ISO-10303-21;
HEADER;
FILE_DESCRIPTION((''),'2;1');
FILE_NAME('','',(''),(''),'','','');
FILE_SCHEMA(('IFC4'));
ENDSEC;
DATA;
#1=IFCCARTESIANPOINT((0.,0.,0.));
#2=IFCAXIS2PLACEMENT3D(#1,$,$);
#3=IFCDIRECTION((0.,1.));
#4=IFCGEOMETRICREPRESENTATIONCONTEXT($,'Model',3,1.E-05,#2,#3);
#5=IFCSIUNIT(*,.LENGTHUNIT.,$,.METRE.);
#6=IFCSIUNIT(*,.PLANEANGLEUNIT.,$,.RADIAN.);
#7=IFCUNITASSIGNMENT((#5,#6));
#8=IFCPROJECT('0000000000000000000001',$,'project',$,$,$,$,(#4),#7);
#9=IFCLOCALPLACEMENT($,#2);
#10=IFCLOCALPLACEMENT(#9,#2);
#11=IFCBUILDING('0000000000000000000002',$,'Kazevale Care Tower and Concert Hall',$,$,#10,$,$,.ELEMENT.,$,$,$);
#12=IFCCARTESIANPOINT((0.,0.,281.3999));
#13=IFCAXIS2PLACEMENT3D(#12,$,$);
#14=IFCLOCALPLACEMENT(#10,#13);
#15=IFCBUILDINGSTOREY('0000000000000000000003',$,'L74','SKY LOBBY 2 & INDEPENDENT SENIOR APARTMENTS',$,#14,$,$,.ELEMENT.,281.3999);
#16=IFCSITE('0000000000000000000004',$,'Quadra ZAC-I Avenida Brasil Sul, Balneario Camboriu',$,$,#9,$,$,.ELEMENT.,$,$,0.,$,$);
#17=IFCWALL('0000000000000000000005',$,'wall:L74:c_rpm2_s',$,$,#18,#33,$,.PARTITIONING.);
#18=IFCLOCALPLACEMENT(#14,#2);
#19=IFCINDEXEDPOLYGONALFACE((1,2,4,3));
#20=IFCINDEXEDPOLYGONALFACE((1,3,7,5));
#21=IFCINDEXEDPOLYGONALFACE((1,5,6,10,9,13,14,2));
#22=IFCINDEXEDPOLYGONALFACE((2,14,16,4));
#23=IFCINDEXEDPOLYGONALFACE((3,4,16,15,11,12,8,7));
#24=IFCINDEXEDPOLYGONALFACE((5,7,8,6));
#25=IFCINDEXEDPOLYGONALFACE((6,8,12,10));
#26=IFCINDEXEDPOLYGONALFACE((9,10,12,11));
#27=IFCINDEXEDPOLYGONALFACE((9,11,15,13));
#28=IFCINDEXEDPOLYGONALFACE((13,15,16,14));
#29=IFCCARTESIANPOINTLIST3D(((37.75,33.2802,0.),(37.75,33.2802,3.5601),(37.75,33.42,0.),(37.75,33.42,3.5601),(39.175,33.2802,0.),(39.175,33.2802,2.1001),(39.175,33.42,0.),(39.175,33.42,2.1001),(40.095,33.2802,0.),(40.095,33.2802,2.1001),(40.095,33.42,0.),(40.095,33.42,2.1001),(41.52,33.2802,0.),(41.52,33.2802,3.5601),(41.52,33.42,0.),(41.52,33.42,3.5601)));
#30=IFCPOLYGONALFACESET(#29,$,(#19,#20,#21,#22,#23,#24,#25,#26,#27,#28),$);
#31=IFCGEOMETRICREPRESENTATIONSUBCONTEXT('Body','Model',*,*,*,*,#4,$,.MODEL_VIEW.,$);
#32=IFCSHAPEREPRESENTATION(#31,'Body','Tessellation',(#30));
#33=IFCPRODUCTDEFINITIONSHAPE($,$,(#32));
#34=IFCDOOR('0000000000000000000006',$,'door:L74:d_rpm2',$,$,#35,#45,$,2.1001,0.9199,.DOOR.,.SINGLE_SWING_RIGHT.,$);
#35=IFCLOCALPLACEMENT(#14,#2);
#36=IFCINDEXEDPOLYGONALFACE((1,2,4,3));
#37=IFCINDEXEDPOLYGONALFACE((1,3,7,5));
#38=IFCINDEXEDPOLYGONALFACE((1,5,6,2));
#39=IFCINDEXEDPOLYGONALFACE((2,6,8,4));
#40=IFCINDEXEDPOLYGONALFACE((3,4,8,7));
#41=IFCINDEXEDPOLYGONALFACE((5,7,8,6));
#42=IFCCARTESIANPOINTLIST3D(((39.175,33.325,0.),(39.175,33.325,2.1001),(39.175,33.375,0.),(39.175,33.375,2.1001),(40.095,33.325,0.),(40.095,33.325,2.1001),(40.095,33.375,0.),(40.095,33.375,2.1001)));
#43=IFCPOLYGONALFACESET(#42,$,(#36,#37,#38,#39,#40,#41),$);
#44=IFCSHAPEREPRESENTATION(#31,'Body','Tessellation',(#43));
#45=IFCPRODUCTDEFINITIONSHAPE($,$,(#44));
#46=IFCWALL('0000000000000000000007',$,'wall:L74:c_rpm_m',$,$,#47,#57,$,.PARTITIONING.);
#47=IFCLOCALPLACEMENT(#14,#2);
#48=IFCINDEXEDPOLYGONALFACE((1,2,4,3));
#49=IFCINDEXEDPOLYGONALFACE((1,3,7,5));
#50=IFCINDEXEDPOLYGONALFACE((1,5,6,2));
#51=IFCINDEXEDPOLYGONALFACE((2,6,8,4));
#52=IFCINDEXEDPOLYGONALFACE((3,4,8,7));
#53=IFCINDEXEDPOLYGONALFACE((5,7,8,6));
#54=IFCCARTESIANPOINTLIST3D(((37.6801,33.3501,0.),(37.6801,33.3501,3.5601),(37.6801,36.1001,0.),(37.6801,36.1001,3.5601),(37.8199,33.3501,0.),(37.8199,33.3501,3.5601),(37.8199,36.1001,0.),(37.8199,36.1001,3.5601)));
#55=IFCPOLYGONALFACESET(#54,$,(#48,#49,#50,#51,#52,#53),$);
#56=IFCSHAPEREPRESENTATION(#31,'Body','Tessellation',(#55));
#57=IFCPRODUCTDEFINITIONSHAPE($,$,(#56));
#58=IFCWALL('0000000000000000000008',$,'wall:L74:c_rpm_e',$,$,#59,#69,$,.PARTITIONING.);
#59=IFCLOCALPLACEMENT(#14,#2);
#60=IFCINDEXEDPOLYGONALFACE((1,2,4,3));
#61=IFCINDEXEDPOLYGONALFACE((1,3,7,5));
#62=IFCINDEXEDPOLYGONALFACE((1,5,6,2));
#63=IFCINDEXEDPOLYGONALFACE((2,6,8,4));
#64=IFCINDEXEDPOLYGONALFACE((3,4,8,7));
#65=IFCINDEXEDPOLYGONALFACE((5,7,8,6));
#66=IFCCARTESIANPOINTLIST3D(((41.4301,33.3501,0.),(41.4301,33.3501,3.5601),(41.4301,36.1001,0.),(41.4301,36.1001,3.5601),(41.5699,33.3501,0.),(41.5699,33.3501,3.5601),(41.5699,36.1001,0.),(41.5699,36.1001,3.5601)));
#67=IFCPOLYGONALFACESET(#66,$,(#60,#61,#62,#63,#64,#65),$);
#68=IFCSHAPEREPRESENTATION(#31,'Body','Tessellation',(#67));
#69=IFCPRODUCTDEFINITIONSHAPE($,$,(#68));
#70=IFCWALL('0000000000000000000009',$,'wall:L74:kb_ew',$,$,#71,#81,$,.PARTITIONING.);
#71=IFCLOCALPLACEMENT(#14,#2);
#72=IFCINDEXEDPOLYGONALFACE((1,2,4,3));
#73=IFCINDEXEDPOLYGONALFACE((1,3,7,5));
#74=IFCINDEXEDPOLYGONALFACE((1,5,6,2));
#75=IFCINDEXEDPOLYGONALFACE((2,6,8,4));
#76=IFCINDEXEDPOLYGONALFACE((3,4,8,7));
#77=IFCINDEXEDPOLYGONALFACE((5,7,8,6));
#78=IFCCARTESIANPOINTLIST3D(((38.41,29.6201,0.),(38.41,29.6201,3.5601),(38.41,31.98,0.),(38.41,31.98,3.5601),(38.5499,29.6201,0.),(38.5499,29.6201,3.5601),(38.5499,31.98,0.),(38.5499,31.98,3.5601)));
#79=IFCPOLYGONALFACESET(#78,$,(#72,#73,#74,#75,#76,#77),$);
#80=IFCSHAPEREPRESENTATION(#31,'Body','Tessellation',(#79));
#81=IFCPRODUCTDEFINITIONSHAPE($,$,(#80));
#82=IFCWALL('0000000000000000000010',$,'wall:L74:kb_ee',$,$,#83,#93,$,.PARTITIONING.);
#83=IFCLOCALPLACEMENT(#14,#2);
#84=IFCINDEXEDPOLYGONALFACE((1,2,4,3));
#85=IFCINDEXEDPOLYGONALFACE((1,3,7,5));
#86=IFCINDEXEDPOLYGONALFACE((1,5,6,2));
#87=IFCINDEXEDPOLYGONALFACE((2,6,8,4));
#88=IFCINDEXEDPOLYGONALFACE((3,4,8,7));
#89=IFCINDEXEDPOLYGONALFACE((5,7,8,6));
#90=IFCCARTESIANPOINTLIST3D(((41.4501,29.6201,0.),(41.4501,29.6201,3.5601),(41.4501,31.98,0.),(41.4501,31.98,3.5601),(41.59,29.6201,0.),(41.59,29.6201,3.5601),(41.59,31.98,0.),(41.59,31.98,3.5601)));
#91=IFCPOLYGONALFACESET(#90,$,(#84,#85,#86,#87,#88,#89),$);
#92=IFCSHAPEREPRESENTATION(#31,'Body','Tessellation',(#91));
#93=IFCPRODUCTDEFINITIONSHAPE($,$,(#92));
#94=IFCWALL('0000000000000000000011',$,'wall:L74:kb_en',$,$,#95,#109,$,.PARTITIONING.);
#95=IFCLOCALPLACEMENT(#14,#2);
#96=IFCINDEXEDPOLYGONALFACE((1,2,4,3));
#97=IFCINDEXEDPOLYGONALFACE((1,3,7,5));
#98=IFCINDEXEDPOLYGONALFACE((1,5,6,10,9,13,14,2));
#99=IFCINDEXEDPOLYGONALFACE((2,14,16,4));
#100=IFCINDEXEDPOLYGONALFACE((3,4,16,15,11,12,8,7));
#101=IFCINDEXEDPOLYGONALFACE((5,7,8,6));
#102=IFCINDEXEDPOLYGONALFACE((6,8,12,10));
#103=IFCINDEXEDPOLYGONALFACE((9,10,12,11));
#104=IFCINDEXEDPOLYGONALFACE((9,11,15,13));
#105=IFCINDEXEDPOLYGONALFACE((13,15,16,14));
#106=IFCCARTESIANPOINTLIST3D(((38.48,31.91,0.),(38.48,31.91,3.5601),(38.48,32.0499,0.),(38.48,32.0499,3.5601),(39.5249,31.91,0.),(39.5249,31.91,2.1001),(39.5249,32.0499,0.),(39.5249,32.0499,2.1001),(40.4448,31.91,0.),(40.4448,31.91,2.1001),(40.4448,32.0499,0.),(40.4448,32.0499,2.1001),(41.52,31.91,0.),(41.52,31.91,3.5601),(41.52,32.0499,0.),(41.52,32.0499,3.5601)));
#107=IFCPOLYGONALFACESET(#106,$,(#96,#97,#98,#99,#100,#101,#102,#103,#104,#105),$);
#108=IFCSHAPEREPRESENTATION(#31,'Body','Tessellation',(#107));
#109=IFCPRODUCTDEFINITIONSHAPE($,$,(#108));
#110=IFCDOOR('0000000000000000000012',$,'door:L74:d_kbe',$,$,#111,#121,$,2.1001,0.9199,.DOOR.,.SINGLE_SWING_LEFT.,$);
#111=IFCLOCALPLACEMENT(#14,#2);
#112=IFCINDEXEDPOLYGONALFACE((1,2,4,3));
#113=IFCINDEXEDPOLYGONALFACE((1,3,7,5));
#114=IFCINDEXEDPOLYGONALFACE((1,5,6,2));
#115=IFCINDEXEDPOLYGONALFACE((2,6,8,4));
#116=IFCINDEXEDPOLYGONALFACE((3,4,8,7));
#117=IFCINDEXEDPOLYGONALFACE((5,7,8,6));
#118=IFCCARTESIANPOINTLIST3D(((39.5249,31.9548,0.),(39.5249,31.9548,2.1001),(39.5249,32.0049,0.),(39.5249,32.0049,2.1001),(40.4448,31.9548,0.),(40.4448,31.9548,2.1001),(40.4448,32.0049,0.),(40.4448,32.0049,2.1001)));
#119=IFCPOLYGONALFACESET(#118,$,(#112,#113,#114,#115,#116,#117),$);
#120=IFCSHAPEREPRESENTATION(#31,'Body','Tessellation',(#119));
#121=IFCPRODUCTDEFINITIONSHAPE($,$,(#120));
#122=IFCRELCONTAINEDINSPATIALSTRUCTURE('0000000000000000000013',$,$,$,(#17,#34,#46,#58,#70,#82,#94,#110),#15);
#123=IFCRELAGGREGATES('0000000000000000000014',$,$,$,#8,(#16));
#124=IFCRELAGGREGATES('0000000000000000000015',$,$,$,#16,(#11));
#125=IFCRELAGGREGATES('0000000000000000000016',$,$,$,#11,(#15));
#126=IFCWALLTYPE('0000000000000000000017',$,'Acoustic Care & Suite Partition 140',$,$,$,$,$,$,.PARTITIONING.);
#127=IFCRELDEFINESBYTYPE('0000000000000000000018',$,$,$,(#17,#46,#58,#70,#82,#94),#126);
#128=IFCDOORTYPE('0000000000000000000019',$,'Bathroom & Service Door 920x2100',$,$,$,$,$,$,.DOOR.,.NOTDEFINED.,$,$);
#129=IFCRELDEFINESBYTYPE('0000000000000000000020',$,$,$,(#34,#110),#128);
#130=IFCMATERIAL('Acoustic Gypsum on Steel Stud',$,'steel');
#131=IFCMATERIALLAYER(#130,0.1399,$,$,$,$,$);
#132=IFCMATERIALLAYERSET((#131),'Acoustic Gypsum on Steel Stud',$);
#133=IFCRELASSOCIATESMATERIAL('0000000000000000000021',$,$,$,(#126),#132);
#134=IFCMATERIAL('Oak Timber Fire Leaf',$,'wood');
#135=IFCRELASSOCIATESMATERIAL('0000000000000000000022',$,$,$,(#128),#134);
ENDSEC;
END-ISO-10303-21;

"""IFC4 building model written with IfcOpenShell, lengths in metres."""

from ifc_helpers import new_model, si_unit, direction, frame, frame_2d, origin, place, context, subcontext, project, spatial, rectangle, extrude, material, layer, layer_set, type_object, element, fill, save


model = new_model("IFC4")

# Units and contexts
model_context = context("Model", 3, precision=1e-05, world=origin(), true_north=direction((0.0, 1.0)))
body_context = subcontext(model_context, "Body", "Model", "MODEL_VIEW")
ifc_project = project(units=[si_unit("LENGTHUNIT", "METRE"), si_unit("PLANEANGLEUNIT", "RADIAN")], contexts=[model_context])

# Site, building, storey
site_placement = place(None, origin())
site = spatial("IfcSite", under=ifc_project, at=site_placement, Name="Quadra ZAC-I Avenida Brasil Sul, Balneario Camboriu", CompositionType="ELEMENT", RefElevation=0.0)
building_placement = place(site_placement, origin())
building = spatial("IfcBuilding", under=site, at=building_placement, Name="Kazevale Care Tower and Concert Hall", CompositionType="ELEMENT")
storey_placement = place(building_placement, frame((0.0, 0.0, 281.3999)))
storey = spatial("IfcBuildingStorey", under=building, at=storey_placement, Name="L74", Description="SKY LOBBY 2 & INDEPENDENT SENIOR APARTMENTS", CompositionType="ELEMENT", Elevation=281.3999)

# Wall, opening, door
ifc_material_1 = material(Name="Acoustic Gypsum on Steel Stud", Category="steel")
ifc_layer = layer(ifc_material_1, 0.1399)
ifc_layer_set = layer_set([ifc_layer], Name="Acoustic Gypsum on Steel Stud")
wall_type = type_object("IfcWallType", Name="Acoustic Care & Suite Partition 140", PredefinedType="PARTITIONING", material=ifc_layer_set)
wall_1_placement = place(storey_placement, frame((37.75, 33.3501, 0.0), z_axis=(0.0, 0.0, 1.0), x_axis=(1.0, 0.0, 0.0)))
wall_1 = element("IfcWall", 1, at=wall_1_placement, inside=storey, type_object=wall_type, Name="wall:L74:c_rpm2_s", PredefinedType="PARTITIONING", context=body_context, shape_type="SweptSolid", body=[
    extrude(rectangle(XDim=3.77, YDim=0.1399, at=frame_2d((1.885, 0.0))), origin(), (0.0, 0.0, 1.0), 3.5601),
])
opening_1_placement = place(wall_1_placement, frame((1.425, 0.0, 0.0)))
opening_1 = element("IfcOpeningElement", 2, at=opening_1_placement, cuts=wall_1, PredefinedType="OPENING", context=body_context, shape_type="SweptSolid", body=[
    extrude(rectangle(XDim=0.9199, YDim=2.1001, at=frame_2d((0.46, 1.05))), frame((0.0, 0.0798, 0.0), z_axis=(0.0, -1.0, 0.0), x_axis=(1.0, 0.0, 0.0)), (0.0, 0.0, 1.0), 0.1599),
])
ifc_material_2 = material(Name="Oak Timber Fire Leaf", Category="wood")
door_type = type_object("IfcDoorType", Name="Bathroom & Service Door 920x2100", OperationType="NOTDEFINED", PredefinedType="DOOR", material=ifc_material_2)
door_1_placement = place(opening_1_placement, origin())
door_1 = element("IfcDoor", 3, at=door_1_placement, inside=storey, type_object=door_type, Name="door:L74:d_rpm2", OperationType="SINGLE_SWING_RIGHT", OverallHeight=2.1001, OverallWidth=0.9199, PredefinedType="DOOR", context=body_context, shape_type="SweptSolid", body=[
    extrude(rectangle(XDim=0.9199, YDim=2.1001, at=frame_2d((0.46, 1.05))), frame((0.0, 0.0249, 0.0), z_axis=(0.0, -1.0, 0.0), x_axis=(1.0, 0.0, 0.0)), (0.0, 0.0, 1.0), 0.05),
])
fill(opening_1, door_1)

# Walls
for number, where, z_axis, x_axis, name in (
    (4, (37.75, 33.3501, 0.0), (0.0, 0.0, 1.0), (0.0, 1.0, 0.0), "wall:L74:c_rpm_m"),
    (5, (41.5, 33.3501, 0.0), (0.0, 0.0, 1.0), (0.0, 1.0, 0.0), "wall:L74:c_rpm_e"),
):
    element("IfcWall", number, at=place(storey_placement, frame(where, z_axis=z_axis, x_axis=x_axis)), inside=storey, type_object=wall_type, Name=name, PredefinedType="PARTITIONING", context=body_context, shape_type="SweptSolid", body=[
        extrude(rectangle(XDim=2.75, YDim=0.1399, at=frame_2d((1.375, 0.0))), origin(), (0.0, 0.0, 1.0), 3.5601),
    ])
for number, where, z_axis, x_axis, name in (
    (6, (38.48, 29.6201, 0.0), (0.0, 0.0, 1.0), (0.0, 1.0, 0.0), "wall:L74:kb_ew"),
    (7, (41.52, 29.6201, 0.0), (0.0, 0.0, 1.0), (0.0, 1.0, 0.0), "wall:L74:kb_ee"),
):
    element("IfcWall", number, at=place(storey_placement, frame(where, z_axis=z_axis, x_axis=x_axis)), inside=storey, type_object=wall_type, Name=name, PredefinedType="PARTITIONING", context=body_context, shape_type="SweptSolid", body=[
        extrude(rectangle(XDim=2.3599, YDim=0.1399, at=frame_2d((1.1799, 0.0))), origin(), (0.0, 0.0, 1.0), 3.5601),
    ])

# Wall, opening, door
wall_2_placement = place(storey_placement, frame((38.48, 31.98, 0.0), z_axis=(0.0, 0.0, 1.0), x_axis=(1.0, 0.0, 0.0)))
wall_2 = element("IfcWall", 8, at=wall_2_placement, inside=storey, type_object=wall_type, Name="wall:L74:kb_en", PredefinedType="PARTITIONING", context=body_context, shape_type="SweptSolid", body=[
    extrude(rectangle(XDim=3.04, YDim=0.1399, at=frame_2d((1.52, 0.0))), origin(), (0.0, 0.0, 1.0), 3.5601),
])
opening_2_placement = place(wall_2_placement, frame((1.0449, 0.0, 0.0)))
opening_2 = element("IfcOpeningElement", 9, at=opening_2_placement, cuts=wall_2, PredefinedType="OPENING", context=body_context, shape_type="SweptSolid", body=[
    extrude(rectangle(XDim=0.9199, YDim=2.1001, at=frame_2d((0.46, 1.05))), frame((0.0, 0.0798, 0.0), z_axis=(0.0, -1.0, 0.0), x_axis=(1.0, 0.0, 0.0)), (0.0, 0.0, 1.0), 0.1599),
])
door_2_placement = place(opening_2_placement, origin())
door_2 = element("IfcDoor", 10, at=door_2_placement, inside=storey, type_object=door_type, Name="door:L74:d_kbe", OperationType="SINGLE_SWING_LEFT", OverallHeight=2.1001, OverallWidth=0.9199, PredefinedType="DOOR", context=body_context, shape_type="SweptSolid", body=[
    extrude(rectangle(XDim=0.9199, YDim=2.1001, at=frame_2d((0.46, 1.05))), frame((0.0, 0.0249, 0.0), z_axis=(0.0, -1.0, 0.0), x_axis=(1.0, 0.0, 0.0)), (0.0, 0.0, 1.0), 0.05),
])
fill(opening_2, door_2)

save(model, "model.ifc")
